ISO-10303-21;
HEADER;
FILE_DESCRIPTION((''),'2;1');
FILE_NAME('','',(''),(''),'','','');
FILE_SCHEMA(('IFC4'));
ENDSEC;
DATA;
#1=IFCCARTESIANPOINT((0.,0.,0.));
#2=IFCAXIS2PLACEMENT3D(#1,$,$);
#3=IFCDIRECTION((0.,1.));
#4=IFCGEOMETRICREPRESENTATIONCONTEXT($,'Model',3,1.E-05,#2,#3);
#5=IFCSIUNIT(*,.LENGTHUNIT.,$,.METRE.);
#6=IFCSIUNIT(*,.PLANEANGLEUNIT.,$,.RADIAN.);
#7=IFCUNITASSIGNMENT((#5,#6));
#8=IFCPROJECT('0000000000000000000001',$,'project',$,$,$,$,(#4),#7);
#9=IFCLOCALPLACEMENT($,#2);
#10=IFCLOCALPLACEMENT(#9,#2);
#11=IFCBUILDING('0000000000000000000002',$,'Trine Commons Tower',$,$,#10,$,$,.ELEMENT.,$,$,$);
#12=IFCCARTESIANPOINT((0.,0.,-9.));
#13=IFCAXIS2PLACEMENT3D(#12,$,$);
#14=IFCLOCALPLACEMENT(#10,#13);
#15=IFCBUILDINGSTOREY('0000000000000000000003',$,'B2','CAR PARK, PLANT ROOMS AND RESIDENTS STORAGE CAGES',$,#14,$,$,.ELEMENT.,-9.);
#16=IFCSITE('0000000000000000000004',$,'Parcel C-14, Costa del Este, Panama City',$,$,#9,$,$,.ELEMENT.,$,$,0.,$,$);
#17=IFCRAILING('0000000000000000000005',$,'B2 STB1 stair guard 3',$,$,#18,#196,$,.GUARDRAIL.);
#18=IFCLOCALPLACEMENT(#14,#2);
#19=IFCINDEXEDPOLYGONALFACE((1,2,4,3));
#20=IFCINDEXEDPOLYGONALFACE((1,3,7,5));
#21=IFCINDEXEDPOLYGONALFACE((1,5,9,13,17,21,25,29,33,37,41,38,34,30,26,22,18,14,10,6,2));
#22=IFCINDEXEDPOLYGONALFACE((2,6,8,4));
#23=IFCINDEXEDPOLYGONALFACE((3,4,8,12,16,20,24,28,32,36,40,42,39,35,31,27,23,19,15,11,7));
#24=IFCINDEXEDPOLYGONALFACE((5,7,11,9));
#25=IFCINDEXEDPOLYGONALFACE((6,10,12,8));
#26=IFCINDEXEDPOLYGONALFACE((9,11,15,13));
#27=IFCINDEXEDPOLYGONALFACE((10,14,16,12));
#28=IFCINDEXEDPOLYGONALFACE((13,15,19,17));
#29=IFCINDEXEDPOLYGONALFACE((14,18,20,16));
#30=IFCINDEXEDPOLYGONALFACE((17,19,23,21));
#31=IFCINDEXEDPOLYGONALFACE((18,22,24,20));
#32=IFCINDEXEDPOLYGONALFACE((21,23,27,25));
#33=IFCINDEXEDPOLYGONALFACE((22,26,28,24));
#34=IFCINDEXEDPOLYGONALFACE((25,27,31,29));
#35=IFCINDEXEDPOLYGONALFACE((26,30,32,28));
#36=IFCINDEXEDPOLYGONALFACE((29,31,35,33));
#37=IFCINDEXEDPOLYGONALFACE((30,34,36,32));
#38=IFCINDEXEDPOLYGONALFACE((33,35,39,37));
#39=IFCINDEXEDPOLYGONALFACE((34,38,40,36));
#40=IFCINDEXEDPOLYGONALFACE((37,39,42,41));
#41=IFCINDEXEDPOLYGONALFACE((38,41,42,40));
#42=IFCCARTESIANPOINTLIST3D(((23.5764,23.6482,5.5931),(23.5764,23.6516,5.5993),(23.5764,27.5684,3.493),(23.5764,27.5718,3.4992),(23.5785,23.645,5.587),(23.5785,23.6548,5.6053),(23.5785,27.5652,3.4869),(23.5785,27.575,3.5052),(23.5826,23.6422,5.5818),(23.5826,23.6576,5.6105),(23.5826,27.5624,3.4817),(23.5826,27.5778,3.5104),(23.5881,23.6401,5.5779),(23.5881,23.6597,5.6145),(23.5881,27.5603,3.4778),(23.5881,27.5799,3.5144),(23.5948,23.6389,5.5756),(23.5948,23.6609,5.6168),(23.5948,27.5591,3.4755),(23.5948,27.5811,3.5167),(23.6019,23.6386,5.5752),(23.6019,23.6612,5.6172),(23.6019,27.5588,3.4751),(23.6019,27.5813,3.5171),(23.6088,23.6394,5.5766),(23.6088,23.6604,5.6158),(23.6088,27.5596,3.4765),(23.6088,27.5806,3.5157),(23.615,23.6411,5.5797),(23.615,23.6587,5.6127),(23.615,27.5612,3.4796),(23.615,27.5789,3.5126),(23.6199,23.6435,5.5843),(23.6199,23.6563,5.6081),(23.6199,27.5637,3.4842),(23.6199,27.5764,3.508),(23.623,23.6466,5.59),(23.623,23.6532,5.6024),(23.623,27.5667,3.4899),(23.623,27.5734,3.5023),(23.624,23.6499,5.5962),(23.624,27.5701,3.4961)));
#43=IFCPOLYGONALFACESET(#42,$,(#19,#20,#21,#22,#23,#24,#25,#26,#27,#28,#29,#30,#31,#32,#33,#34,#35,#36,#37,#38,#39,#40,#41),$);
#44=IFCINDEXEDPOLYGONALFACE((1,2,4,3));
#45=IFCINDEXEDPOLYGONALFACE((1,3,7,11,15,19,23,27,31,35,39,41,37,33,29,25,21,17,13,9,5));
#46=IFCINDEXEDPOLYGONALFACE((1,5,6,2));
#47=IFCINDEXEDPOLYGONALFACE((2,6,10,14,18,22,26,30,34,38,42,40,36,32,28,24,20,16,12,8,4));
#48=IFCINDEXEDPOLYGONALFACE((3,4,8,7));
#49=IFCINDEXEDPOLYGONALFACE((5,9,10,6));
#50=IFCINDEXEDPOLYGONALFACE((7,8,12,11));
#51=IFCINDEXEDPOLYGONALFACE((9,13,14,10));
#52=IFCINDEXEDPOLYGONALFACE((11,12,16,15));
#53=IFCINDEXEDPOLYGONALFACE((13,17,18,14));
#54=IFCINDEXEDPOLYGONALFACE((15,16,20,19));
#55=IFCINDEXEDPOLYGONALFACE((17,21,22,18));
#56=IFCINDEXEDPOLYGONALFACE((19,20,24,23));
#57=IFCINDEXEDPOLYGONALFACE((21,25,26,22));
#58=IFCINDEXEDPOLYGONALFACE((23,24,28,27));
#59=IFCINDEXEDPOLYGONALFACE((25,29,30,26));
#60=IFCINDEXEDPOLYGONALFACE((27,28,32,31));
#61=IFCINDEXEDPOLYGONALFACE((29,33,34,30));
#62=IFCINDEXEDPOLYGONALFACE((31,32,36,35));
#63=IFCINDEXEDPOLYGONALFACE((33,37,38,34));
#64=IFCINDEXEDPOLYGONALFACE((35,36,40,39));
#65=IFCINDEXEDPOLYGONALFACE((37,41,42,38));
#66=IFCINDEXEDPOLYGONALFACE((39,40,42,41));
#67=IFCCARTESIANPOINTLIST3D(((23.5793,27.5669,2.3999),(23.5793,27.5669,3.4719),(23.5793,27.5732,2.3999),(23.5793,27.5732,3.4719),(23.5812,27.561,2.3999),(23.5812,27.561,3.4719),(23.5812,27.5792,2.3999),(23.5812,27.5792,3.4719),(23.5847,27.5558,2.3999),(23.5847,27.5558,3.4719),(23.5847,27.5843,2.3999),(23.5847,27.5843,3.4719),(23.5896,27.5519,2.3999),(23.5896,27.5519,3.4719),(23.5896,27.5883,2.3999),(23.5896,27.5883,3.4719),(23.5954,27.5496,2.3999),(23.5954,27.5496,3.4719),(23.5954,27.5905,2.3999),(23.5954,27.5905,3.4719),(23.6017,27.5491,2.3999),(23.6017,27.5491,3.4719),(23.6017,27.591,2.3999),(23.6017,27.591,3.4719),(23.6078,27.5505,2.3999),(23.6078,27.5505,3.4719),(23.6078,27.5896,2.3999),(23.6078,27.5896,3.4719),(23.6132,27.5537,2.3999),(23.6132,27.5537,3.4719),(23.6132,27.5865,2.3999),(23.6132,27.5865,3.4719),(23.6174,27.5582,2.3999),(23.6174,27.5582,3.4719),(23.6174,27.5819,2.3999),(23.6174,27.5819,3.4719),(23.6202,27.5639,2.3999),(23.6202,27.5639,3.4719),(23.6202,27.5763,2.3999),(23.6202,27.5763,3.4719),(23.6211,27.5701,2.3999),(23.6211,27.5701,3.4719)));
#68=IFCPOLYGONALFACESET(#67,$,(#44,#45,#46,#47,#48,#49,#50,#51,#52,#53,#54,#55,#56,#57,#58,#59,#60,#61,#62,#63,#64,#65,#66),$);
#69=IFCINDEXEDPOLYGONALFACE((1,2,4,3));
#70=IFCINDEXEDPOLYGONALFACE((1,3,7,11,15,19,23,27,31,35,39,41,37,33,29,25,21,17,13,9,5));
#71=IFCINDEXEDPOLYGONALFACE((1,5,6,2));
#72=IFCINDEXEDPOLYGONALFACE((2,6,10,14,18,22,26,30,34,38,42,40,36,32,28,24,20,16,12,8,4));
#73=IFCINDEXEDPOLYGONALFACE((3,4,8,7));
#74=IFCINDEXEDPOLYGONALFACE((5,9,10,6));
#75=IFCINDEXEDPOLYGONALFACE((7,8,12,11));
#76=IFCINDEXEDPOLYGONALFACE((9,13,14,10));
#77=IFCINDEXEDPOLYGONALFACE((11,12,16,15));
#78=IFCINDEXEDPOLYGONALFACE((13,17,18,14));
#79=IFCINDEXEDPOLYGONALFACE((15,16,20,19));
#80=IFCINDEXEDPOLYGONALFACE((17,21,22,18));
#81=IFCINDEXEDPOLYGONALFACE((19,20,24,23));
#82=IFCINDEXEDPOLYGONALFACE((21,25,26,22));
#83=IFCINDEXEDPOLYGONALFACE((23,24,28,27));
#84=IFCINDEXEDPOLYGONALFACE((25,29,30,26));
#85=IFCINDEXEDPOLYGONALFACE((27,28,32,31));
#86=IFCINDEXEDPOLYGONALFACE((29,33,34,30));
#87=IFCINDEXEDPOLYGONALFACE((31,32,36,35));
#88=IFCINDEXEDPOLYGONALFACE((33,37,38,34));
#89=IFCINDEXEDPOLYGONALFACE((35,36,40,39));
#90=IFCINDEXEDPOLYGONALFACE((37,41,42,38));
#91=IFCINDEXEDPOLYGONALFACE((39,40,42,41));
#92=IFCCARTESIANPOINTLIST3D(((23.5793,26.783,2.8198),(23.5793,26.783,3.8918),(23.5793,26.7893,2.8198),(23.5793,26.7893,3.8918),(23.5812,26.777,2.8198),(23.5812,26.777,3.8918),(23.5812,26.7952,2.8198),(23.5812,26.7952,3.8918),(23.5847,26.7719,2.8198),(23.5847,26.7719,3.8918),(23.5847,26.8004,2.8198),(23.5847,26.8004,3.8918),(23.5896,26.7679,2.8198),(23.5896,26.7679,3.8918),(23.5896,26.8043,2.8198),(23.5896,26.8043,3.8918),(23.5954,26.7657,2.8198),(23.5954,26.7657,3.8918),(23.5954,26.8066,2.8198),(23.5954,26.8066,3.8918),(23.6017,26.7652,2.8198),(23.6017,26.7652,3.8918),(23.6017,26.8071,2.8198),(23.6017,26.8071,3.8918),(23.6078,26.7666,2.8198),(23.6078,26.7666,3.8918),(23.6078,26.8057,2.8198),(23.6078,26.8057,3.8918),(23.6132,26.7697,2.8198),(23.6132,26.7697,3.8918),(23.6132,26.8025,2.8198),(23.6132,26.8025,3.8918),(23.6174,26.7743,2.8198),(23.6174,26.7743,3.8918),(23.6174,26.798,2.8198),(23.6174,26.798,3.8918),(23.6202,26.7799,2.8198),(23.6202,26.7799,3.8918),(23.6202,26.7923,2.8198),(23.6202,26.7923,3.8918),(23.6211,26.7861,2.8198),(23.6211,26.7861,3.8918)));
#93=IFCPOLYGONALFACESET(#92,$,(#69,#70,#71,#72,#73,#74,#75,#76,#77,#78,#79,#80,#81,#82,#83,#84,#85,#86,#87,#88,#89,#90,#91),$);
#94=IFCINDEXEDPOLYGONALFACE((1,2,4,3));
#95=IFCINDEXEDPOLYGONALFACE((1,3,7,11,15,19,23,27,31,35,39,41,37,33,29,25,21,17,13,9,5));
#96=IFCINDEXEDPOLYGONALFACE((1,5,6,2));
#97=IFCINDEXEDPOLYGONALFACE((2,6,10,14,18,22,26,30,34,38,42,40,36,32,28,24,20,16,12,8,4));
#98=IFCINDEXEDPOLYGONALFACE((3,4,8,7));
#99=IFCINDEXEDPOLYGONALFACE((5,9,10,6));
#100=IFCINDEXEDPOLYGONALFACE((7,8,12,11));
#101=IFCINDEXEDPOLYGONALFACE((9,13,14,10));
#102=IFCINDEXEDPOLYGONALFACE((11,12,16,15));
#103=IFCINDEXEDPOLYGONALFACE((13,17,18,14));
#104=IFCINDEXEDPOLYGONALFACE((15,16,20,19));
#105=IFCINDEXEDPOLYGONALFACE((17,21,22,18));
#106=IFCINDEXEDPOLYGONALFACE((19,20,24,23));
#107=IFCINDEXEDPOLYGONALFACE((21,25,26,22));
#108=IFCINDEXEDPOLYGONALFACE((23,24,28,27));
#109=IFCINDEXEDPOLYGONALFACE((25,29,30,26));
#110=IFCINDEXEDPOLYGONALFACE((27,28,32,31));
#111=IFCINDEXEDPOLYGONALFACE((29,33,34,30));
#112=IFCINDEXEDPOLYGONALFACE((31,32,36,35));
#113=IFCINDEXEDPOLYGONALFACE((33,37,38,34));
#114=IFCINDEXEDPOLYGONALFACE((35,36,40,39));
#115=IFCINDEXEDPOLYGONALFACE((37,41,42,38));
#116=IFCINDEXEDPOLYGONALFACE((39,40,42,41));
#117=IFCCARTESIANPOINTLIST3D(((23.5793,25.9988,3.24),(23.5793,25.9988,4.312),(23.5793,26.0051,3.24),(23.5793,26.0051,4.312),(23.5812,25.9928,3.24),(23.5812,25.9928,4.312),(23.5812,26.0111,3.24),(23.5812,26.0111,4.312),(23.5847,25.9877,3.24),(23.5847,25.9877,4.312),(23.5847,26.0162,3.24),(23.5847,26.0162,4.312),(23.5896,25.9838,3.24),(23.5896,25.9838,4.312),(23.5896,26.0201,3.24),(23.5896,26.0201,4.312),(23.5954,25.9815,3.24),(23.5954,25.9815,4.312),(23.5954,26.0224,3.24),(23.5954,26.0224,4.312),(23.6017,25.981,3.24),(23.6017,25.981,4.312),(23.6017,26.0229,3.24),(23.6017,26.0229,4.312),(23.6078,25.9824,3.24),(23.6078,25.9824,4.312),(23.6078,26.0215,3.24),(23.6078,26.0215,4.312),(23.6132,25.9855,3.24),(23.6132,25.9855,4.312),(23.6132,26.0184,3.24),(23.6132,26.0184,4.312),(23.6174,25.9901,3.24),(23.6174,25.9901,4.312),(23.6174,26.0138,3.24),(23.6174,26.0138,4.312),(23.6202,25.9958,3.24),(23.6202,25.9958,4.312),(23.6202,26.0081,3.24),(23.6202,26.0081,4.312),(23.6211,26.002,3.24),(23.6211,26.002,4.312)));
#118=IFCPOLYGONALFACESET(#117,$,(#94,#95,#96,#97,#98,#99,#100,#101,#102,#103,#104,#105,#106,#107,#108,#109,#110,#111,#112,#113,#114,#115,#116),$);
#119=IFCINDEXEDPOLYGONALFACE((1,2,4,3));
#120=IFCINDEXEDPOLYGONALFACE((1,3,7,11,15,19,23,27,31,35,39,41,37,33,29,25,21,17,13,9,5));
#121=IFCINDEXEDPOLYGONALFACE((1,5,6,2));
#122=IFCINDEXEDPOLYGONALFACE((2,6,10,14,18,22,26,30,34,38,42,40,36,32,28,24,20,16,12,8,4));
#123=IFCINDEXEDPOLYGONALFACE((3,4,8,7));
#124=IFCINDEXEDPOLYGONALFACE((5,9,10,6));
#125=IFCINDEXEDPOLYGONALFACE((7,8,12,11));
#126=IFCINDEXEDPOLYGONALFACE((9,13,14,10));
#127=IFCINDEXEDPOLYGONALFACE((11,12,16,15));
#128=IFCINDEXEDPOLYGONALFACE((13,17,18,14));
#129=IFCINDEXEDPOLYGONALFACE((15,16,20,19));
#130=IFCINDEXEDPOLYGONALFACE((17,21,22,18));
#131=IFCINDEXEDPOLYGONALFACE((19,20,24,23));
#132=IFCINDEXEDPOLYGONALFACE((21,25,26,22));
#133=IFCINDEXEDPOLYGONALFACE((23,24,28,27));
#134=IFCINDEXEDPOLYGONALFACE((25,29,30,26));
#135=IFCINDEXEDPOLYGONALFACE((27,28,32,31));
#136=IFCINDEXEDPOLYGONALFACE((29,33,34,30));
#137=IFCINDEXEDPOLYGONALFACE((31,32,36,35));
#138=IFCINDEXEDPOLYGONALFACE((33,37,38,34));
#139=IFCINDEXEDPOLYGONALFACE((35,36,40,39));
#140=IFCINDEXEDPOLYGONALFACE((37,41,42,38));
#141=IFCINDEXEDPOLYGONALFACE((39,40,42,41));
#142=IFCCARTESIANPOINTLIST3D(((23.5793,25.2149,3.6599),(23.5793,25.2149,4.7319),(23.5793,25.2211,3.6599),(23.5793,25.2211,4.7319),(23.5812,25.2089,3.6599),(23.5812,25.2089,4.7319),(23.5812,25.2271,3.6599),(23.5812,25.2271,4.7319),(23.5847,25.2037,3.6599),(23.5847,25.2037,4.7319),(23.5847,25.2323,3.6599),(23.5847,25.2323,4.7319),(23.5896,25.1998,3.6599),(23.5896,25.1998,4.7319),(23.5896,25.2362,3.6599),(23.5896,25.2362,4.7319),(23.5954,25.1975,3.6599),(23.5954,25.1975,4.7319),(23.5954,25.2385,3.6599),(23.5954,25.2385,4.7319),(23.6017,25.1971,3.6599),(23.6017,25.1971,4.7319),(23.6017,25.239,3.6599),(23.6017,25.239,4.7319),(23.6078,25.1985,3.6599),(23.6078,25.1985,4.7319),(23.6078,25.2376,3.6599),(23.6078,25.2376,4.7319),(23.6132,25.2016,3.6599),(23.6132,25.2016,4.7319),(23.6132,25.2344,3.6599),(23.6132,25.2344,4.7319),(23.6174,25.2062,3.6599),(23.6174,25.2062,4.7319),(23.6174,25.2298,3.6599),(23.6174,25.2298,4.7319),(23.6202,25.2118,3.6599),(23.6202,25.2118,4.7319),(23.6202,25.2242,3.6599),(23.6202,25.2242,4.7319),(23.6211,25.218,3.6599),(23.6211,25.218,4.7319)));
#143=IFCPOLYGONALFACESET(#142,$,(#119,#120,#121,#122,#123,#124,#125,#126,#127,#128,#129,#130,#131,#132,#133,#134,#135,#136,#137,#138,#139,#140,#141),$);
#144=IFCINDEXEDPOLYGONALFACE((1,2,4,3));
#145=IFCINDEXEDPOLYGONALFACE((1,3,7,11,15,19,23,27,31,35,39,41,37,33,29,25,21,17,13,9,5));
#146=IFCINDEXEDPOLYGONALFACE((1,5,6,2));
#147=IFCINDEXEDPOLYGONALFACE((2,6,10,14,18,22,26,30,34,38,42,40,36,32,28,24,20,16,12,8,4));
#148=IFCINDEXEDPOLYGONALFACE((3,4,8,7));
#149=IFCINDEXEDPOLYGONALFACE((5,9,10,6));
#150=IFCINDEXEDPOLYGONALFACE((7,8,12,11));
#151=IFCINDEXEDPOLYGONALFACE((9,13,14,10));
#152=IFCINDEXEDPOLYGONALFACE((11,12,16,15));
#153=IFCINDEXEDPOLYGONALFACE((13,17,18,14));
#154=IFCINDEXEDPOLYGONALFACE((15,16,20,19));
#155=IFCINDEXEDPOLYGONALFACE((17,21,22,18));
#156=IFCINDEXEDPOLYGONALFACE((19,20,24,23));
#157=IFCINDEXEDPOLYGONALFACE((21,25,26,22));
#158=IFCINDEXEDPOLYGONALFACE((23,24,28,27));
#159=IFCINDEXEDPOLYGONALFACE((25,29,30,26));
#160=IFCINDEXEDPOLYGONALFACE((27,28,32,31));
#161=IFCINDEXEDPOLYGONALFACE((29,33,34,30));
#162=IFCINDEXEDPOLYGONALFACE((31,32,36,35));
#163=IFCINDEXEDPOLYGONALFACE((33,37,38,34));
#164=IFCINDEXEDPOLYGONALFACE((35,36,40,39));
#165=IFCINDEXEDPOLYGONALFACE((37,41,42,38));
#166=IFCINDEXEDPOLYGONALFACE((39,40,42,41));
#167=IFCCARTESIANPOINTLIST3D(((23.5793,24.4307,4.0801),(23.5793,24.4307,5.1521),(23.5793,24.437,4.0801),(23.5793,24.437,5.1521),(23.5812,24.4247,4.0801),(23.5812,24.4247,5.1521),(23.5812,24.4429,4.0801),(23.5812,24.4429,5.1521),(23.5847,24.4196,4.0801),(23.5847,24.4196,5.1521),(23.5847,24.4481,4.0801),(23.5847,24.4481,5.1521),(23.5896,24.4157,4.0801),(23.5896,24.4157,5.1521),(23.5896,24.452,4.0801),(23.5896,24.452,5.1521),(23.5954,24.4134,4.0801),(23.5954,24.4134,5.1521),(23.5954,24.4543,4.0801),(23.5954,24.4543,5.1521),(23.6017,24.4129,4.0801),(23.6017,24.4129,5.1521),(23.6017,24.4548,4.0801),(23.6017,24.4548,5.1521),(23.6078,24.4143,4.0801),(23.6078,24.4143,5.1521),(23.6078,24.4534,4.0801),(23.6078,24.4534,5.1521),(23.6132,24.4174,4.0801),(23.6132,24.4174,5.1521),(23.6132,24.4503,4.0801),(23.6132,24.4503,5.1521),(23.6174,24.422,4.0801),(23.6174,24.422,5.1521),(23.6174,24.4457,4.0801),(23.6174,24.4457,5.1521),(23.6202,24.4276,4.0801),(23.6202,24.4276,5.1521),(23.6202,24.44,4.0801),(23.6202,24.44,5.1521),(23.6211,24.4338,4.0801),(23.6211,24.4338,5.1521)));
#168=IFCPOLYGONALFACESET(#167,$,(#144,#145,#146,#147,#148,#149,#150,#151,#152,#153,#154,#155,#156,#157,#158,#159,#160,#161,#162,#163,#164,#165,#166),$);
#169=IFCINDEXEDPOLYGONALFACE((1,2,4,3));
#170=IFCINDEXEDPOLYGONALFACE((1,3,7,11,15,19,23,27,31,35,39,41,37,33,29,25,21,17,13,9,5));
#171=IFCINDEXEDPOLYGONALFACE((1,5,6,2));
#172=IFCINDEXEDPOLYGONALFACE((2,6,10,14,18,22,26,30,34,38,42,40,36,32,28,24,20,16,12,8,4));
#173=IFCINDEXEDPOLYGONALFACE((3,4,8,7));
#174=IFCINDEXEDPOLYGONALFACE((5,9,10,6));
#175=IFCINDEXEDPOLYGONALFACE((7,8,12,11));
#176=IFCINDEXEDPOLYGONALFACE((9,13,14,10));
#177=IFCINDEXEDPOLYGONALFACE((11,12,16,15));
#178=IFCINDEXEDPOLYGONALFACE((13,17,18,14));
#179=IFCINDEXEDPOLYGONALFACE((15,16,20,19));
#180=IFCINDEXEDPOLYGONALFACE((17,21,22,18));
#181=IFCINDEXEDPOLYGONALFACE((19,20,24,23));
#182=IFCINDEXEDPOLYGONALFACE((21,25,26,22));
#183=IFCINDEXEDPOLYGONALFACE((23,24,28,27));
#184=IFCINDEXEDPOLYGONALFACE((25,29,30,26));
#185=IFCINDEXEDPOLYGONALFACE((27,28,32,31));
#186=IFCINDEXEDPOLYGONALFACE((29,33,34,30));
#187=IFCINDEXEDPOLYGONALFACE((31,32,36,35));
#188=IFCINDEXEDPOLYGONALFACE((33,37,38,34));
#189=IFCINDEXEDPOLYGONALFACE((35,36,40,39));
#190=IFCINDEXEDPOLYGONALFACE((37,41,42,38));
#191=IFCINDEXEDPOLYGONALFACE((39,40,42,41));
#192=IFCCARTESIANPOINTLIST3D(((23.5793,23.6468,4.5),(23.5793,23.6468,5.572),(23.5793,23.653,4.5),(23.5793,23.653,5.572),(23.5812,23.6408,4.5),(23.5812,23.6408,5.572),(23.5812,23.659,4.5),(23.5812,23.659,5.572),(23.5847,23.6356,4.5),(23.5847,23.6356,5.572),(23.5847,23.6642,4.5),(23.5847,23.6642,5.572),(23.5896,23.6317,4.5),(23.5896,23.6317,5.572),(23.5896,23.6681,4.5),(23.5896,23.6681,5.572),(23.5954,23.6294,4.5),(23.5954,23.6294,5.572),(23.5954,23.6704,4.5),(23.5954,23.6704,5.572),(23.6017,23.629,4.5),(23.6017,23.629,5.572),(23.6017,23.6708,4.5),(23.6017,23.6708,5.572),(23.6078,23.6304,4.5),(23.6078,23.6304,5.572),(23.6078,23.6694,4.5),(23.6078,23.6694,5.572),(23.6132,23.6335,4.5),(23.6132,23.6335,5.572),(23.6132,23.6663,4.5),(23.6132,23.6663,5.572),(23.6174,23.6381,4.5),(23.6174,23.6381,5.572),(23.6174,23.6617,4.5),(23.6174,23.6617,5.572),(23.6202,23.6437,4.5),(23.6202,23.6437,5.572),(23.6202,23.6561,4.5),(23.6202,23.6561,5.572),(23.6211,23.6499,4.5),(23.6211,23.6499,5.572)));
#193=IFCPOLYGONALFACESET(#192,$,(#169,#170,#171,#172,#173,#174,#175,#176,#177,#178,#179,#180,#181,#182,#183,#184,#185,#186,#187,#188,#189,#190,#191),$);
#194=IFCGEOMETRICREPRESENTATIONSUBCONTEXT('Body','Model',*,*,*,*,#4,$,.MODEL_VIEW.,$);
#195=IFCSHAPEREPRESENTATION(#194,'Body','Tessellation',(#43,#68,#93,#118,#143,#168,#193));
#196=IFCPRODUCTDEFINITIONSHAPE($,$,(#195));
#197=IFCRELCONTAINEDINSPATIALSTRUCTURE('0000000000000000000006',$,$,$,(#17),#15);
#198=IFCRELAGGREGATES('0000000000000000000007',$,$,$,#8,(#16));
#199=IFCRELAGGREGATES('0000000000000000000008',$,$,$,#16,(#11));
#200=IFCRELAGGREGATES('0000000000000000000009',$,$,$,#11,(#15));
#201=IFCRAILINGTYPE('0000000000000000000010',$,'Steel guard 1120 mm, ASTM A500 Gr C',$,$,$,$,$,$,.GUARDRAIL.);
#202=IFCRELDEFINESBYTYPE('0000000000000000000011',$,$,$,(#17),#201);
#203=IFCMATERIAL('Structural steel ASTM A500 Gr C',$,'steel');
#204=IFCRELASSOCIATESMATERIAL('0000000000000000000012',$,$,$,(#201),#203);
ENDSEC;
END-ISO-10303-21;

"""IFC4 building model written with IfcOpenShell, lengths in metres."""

from ifc_helpers import new_model, si_unit, direction, frame, origin, origin_2d, place, context, subcontext, project, spatial, circle, extrude, material, type_object, element, save


model = new_model("IFC4")

# Units and contexts
model_context = context("Model", 3, precision=1e-05, world=origin(), true_north=direction((0.0, 1.0)))
body_context = subcontext(model_context, "Body", "Model", "MODEL_VIEW")
ifc_project = project(units=[si_unit("LENGTHUNIT", "METRE"), si_unit("PLANEANGLEUNIT", "RADIAN")], contexts=[model_context])

# Site, building, storey
site_placement = place(None, origin())
site = spatial("IfcSite", under=ifc_project, at=site_placement, Name="Parcel C-14, Costa del Este, Panama City", CompositionType="ELEMENT", RefElevation=0.0)
building_placement = place(site_placement, origin())
building = spatial("IfcBuilding", under=site, at=building_placement, Name="Trine Commons Tower", CompositionType="ELEMENT")
storey_placement = place(building_placement, frame((0.0, 0.0, -9.0)))
storey = spatial("IfcBuildingStorey", under=building, at=storey_placement, Name="B2", Description="CAR PARK, PLANT ROOMS AND RESIDENTS STORAGE CAGES", CompositionType="ELEMENT", Elevation=-9.0)

# Railing
ifc_material_1 = material(Name="Structural steel ASTM A500 Gr C", Category="steel")
railing_type_1 = type_object("IfcRailingType", Name="Steel guard 1120 mm, ASTM A500 Gr C", PredefinedType="GUARDRAIL", material=ifc_material_1)
railing_1_placement = place(storey_placement, frame((23.6001, 27.5701, 2.3999)))
element("IfcRailing", 1, at=railing_1_placement, inside=storey, type_object=railing_type_1, Name="B2 STB1 stair guard 3", PredefinedType="GUARDRAIL", context=body_context, shape_type="SweptSolid", body=[
    extrude(circle(Radius=0.0239, at=origin_2d()), frame((0.0, 0.0, 1.0962), z_axis=(0.0, -0.881479, 0.472223), x_axis=(1.0, 0.0, 0.0)), (0.0, 0.0, 1.0), 4.4473),
    extrude(circle(Radius=0.021, at=origin_2d()), origin(), (0.0, 0.0, 1.0), 1.072),
    extrude(circle(Radius=0.021, at=origin_2d()), frame((0.0, -0.7839, 0.4199)), (0.0, 0.0, 1.0), 1.072),
    extrude(circle(Radius=0.021, at=origin_2d()), frame((0.0, -1.5681, 0.8401)), (0.0, 0.0, 1.0), 1.072),
    extrude(circle(Radius=0.021, at=origin_2d()), frame((0.0, -2.3521, 1.26)), (0.0, 0.0, 1.0), 1.072),
    extrude(circle(Radius=0.021, at=origin_2d()), frame((0.0, -3.1362, 1.6802)), (0.0, 0.0, 1.0), 1.072),
    extrude(circle(Radius=0.021, at=origin_2d()), frame((0.0, -3.9202, 2.1001)), (0.0, 0.0, 1.0), 1.072),
])

save(model, "model.ifc")
